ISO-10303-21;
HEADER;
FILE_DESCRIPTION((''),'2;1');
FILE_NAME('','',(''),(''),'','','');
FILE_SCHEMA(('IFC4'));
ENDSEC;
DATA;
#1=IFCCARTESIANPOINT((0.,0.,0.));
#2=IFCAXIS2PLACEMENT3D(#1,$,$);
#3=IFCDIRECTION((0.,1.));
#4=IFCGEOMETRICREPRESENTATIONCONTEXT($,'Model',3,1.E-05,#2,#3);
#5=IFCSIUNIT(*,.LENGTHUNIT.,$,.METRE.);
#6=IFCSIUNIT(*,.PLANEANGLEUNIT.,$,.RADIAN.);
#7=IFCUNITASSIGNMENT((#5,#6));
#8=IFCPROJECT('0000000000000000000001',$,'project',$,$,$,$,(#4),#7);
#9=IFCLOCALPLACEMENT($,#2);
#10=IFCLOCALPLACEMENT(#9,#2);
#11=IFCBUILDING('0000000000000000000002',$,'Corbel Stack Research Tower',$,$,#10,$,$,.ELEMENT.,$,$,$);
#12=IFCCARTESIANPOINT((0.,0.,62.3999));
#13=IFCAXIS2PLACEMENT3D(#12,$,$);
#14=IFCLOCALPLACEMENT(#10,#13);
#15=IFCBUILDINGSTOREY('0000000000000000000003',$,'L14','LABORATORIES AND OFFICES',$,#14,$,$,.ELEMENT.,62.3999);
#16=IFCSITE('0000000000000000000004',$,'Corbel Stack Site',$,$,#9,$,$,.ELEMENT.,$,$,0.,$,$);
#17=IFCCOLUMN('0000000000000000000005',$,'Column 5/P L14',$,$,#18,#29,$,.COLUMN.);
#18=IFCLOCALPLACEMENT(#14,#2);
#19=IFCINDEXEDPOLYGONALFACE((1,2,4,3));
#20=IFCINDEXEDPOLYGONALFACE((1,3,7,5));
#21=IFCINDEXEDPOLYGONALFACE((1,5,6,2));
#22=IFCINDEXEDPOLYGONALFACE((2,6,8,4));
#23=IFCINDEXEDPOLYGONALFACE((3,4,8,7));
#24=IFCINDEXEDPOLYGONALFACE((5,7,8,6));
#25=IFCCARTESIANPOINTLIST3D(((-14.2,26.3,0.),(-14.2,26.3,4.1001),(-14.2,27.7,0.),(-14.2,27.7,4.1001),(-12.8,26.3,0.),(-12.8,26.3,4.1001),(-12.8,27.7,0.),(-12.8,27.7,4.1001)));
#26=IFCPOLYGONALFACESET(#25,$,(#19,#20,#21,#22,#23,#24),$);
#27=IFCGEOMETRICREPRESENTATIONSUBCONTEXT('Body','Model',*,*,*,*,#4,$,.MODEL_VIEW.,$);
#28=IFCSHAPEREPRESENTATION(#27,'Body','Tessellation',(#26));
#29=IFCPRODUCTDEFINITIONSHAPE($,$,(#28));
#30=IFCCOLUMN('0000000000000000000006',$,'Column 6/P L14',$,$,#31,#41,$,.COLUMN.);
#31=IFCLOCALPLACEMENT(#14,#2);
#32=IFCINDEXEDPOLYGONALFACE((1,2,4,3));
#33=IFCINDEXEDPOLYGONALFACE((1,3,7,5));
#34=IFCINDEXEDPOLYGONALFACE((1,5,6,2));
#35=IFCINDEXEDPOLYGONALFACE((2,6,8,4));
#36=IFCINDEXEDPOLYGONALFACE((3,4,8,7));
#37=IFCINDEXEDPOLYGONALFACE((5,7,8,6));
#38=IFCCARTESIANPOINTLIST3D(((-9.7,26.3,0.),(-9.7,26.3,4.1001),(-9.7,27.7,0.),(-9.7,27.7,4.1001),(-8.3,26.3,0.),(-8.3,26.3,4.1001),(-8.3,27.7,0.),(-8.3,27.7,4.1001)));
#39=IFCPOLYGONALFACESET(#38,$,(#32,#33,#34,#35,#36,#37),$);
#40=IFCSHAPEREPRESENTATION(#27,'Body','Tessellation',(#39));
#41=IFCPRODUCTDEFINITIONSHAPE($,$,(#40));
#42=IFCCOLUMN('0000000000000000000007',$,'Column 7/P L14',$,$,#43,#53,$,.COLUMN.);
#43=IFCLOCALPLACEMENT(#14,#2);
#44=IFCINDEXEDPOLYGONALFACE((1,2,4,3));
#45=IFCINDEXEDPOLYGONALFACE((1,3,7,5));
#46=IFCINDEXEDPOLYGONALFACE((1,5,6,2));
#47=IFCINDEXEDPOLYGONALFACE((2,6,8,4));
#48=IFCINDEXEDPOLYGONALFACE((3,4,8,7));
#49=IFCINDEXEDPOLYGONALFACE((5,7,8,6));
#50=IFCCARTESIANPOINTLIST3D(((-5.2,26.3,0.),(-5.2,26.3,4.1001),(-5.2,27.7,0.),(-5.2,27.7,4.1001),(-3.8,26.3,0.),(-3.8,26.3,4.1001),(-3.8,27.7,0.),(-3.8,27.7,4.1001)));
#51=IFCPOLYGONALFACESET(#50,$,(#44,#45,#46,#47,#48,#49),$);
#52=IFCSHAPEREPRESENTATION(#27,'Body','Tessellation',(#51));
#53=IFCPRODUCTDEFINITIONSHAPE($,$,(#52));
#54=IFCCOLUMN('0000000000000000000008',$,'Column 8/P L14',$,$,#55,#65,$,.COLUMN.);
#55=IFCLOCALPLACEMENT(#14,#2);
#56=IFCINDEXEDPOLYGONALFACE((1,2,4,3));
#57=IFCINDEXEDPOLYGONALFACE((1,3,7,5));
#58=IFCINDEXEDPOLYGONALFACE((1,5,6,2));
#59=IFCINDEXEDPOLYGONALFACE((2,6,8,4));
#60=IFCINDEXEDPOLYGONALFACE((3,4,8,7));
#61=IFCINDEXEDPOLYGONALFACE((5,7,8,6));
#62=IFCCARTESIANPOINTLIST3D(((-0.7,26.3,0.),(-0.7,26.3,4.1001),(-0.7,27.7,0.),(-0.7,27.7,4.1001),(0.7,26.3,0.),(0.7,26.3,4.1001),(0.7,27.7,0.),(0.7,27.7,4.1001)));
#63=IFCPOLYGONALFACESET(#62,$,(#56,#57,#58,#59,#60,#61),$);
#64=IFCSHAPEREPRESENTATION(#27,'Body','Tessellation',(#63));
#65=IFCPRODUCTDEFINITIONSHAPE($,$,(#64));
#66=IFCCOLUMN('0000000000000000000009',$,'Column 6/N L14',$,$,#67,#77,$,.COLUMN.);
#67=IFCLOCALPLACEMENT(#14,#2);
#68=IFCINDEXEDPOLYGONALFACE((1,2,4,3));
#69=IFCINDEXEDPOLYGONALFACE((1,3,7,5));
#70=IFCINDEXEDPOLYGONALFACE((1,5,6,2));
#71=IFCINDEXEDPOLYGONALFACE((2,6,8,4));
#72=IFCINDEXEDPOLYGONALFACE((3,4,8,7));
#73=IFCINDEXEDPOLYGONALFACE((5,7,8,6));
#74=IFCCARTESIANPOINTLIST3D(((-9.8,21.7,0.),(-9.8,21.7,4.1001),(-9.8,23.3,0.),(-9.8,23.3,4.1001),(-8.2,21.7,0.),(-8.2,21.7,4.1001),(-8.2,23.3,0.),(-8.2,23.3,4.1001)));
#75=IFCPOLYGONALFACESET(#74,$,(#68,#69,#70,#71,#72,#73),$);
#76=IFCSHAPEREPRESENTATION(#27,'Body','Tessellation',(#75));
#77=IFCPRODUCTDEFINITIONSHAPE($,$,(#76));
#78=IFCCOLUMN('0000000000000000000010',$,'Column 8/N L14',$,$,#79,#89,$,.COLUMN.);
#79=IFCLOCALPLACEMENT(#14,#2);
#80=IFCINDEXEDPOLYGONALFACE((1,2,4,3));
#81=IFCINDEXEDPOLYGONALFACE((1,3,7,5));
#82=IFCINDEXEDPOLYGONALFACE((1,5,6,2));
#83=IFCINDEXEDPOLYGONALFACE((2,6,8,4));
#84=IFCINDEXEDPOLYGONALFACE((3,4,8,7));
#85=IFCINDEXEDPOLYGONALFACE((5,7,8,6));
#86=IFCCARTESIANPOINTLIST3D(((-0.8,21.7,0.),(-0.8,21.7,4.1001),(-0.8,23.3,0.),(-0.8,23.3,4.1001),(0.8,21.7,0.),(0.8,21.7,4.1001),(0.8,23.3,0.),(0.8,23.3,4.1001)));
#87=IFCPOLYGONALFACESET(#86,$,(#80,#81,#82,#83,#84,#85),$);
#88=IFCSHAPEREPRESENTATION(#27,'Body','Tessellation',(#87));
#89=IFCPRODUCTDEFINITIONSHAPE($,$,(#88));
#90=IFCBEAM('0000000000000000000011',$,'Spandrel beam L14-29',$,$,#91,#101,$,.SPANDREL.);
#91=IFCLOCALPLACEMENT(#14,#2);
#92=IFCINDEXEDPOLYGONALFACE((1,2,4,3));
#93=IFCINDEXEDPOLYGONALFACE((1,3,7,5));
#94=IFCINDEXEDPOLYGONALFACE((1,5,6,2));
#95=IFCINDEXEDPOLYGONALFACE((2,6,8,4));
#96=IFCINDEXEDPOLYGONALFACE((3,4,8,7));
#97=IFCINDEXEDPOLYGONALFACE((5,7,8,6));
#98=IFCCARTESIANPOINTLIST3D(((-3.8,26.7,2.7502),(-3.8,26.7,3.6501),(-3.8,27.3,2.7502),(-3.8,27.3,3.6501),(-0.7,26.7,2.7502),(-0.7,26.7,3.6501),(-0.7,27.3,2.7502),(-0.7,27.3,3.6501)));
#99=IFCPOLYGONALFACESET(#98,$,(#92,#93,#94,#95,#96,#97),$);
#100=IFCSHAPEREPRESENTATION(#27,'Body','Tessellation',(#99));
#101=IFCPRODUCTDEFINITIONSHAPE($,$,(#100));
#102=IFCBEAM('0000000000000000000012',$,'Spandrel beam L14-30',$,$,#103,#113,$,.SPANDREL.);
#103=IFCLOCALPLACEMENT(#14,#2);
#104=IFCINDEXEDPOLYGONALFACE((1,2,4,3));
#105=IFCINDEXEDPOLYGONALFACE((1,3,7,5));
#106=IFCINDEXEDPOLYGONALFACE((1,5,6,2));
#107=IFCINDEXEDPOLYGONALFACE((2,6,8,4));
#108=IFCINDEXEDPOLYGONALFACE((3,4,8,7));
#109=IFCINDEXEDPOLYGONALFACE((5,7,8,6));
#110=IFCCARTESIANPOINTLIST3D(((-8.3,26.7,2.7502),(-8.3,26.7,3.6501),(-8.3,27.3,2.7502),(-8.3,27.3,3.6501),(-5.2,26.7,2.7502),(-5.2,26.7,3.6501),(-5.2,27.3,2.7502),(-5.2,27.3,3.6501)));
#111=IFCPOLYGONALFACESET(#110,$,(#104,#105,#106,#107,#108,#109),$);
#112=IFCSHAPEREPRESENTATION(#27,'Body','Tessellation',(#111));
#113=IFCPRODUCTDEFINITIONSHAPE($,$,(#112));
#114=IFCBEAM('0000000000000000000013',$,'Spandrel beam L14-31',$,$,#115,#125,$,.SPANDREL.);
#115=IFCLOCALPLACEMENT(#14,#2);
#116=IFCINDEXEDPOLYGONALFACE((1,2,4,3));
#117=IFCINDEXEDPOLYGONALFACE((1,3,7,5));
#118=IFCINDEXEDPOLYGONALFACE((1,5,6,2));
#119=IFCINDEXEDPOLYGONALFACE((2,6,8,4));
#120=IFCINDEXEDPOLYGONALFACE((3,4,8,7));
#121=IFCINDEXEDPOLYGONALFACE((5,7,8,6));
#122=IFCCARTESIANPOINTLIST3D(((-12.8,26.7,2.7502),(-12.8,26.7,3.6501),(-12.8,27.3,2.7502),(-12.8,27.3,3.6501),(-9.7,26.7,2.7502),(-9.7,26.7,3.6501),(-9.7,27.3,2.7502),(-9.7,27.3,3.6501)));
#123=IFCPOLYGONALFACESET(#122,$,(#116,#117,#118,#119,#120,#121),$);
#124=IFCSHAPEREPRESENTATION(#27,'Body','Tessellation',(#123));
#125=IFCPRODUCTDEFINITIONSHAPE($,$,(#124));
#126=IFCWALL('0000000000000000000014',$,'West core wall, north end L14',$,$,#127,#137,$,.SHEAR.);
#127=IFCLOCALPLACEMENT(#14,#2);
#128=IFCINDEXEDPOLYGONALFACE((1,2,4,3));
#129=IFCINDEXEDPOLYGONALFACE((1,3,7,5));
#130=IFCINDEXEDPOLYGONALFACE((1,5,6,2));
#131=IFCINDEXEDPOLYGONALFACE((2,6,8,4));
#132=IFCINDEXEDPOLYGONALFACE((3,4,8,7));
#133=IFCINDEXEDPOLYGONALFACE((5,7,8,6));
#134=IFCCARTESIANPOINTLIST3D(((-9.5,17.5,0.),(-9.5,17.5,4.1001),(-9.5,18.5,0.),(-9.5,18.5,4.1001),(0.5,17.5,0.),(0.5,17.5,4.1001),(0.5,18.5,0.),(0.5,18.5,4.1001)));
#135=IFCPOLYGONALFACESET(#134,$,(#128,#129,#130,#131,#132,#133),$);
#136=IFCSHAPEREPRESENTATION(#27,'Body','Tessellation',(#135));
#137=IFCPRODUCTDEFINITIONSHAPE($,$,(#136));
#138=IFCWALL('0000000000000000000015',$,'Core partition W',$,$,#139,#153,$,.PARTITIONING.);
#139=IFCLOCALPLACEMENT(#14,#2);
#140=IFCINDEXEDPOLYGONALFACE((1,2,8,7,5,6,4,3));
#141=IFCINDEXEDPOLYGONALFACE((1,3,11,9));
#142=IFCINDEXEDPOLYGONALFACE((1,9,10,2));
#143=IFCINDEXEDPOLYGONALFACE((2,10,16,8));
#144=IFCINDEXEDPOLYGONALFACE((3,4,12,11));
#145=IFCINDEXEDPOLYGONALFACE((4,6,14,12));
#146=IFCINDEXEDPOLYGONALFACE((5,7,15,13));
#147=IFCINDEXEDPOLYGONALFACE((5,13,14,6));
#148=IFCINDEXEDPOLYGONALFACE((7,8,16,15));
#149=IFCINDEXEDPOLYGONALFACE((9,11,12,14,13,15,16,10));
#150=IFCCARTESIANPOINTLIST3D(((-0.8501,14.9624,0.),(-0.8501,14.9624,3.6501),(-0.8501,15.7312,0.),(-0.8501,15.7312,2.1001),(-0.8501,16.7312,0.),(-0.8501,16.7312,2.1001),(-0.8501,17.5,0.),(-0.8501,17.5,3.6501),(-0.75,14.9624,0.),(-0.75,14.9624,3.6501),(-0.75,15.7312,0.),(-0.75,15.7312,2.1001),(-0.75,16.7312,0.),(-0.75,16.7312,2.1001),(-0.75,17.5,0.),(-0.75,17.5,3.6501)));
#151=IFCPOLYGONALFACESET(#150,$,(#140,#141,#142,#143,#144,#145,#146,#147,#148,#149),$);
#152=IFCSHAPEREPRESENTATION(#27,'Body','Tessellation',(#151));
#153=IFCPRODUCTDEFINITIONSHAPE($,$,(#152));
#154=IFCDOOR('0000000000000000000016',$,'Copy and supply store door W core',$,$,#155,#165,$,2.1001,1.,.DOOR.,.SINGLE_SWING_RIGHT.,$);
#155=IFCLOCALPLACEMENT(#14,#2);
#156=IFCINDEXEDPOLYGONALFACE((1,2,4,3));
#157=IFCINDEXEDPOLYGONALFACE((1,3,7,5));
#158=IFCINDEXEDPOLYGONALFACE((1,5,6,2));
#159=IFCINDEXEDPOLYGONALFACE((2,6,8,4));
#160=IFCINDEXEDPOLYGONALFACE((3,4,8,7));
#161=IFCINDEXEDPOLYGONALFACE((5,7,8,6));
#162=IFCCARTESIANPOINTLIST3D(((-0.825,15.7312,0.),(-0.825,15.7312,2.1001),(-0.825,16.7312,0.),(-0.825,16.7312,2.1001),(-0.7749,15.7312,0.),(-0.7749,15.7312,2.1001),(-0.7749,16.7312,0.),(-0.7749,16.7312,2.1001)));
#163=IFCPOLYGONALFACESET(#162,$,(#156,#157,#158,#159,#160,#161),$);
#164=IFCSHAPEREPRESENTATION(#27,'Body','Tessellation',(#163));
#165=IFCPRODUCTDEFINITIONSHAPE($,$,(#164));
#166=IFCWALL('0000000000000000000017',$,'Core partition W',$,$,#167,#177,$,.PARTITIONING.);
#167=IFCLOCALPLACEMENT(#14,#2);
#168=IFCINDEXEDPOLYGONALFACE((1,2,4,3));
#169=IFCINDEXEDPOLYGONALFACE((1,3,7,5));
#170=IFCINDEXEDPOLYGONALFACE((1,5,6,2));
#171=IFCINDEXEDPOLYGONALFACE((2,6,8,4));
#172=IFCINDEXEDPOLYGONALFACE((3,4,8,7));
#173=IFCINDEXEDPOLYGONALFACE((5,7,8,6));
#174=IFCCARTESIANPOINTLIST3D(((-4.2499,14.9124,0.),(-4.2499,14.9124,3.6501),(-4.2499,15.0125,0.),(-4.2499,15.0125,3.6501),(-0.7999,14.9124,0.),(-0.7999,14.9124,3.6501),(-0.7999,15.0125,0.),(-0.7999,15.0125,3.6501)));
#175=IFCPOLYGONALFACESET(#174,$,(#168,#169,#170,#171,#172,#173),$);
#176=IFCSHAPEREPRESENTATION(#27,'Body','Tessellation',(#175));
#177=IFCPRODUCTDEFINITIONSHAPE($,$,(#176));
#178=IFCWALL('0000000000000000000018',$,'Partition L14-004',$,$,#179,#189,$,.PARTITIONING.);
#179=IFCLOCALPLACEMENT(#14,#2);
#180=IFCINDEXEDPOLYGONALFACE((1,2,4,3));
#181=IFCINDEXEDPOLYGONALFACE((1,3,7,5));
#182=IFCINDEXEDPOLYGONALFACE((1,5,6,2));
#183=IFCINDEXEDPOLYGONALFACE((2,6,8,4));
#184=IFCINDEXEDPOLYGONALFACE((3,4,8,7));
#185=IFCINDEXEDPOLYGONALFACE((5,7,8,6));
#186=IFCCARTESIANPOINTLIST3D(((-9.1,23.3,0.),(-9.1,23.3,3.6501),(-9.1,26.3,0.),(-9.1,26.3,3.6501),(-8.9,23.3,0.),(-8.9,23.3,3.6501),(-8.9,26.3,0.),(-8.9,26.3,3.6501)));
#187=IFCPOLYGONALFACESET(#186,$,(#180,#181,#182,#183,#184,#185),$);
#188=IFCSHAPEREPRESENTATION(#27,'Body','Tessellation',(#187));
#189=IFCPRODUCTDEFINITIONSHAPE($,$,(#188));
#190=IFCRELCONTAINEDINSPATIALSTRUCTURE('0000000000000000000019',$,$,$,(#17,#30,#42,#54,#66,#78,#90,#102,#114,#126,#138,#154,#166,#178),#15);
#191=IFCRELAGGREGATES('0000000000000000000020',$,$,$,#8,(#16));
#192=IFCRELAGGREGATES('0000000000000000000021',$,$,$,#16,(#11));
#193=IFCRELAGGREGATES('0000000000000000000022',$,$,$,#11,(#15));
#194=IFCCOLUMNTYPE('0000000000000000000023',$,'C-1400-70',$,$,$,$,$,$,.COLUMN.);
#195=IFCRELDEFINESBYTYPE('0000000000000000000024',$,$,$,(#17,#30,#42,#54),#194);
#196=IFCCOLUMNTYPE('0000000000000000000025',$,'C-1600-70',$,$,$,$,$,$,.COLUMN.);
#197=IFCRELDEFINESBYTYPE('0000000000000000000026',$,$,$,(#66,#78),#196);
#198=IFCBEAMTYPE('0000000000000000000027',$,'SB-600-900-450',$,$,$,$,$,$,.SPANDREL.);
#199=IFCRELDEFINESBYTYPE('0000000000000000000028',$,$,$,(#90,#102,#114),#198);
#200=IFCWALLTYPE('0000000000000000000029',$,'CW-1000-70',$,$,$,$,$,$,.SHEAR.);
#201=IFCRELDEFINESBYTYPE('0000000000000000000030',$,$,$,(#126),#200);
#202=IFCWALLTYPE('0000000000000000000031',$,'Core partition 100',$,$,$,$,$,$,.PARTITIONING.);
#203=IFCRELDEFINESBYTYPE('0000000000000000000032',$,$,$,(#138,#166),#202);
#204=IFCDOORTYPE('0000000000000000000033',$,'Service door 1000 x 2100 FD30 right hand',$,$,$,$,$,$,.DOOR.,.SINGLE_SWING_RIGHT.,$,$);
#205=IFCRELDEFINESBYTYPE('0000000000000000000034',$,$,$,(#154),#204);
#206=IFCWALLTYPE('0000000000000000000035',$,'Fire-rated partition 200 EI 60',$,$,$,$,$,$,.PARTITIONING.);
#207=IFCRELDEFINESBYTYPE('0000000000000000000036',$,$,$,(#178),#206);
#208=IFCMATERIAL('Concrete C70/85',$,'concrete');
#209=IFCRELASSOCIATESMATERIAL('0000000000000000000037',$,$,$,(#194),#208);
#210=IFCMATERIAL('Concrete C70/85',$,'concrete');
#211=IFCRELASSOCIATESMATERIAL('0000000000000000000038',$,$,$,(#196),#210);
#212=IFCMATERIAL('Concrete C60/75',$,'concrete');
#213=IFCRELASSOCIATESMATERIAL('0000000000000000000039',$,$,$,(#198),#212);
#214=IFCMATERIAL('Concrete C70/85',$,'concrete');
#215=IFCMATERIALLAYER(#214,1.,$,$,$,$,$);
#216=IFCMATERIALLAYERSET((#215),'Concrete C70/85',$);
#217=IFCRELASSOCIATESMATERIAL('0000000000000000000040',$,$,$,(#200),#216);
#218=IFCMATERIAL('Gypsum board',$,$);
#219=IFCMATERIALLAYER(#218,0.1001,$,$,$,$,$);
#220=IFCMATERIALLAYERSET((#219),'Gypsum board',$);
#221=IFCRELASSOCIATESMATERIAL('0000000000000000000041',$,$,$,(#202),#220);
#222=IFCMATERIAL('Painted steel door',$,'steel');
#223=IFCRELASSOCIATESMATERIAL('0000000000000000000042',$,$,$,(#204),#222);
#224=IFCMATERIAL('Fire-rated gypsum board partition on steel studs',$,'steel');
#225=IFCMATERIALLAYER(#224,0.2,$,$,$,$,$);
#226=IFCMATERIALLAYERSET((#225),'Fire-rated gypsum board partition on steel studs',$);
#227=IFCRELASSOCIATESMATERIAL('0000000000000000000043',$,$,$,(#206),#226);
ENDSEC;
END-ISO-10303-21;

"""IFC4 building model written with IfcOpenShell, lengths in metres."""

from ifc_helpers import new_model, si_unit, direction, frame, frame_2d, origin, origin_2d, place, context, subcontext, project, spatial, rectangle, extrude, material, layer, layer_set, material_profile, profile_set, type_object, element, fill, save


model = new_model("IFC4")

# Units and contexts
model_context = context("Model", 3, precision=1e-05, world=origin(), true_north=direction((0.0, 1.0)))
body_context = subcontext(model_context, "Body", "Model", "MODEL_VIEW")
ifc_project = project(units=[si_unit("LENGTHUNIT", "METRE"), si_unit("PLANEANGLEUNIT", "RADIAN")], contexts=[model_context])

# Site, building, storey
site_placement = place(None, origin())
site = spatial("IfcSite", under=ifc_project, at=site_placement, Name="Corbel Stack Site", CompositionType="ELEMENT", RefElevation=0.0)
building_placement = place(site_placement, origin())
building = spatial("IfcBuilding", under=site, at=building_placement, Name="Corbel Stack Research Tower", CompositionType="ELEMENT")
storey_placement = place(building_placement, frame((0.0, 0.0, 62.3999)))
storey = spatial("IfcBuildingStorey", under=building, at=storey_placement, Name="L14", Description="LABORATORIES AND OFFICES", CompositionType="ELEMENT", Elevation=62.3999)

# Columns
ifc_material_1 = material(Name="Concrete C70/85", Category="concrete")
ifc_material_profile_1 = material_profile(ifc_material_1, rectangle(XDim=1.3999, YDim=1.3999, at=origin_2d()), Name="RC 1400 x 1400")
ifc_profile_set_1 = profile_set([ifc_material_profile_1], Name="Concrete C70/85")
column_type_1 = type_object("IfcColumnType", Name="C-1400-70", PredefinedType="COLUMN", material=ifc_profile_set_1)
for number, where, z_axis, x_axis, name in (
    (1, (-13.5, 27.0, 0.0), (0.0, 0.0, 1.0), (1.0, 0.0, 0.0), "Column 5/P L14"),
    (2, (-9.0, 27.0, 0.0), (0.0, 0.0, 1.0), (1.0, 0.0, 0.0), "Column 6/P L14"),
    (3, (-4.5, 27.0, 0.0), (0.0, 0.0, 1.0), (1.0, 0.0, 0.0), "Column 7/P L14"),
    (4, (0.0, 27.0, 0.0), (0.0, 0.0, 1.0), (1.0, 0.0, 0.0), "Column 8/P L14"),
):
    element("IfcColumn", number, at=place(storey_placement, frame(where, z_axis=z_axis, x_axis=x_axis)), inside=storey, type_object=column_type_1, Name=name, PredefinedType="COLUMN", context=body_context, shape_type="SweptSolid", body=[
        extrude(rectangle(XDim=1.3999, YDim=1.3999, at=origin_2d()), origin(), (0.0, 0.0, 1.0), 4.1001),
    ])
ifc_material_2 = material(Name="Concrete C70/85", Category="concrete")
ifc_material_profile_2 = material_profile(ifc_material_2, rectangle(XDim=1.6001, YDim=1.6001, at=origin_2d()), Name="RC 1600 x 1600")
ifc_profile_set_2 = profile_set([ifc_material_profile_2], Name="Concrete C70/85")
column_type_2 = type_object("IfcColumnType", Name="C-1600-70", PredefinedType="COLUMN", material=ifc_profile_set_2)
for number, where, z_axis, x_axis, name in (
    (5, (-9.0, 22.5, 0.0), (0.0, 0.0, 1.0), (1.0, 0.0, 0.0), "Column 6/N L14"),
    (6, (0.0, 22.5, 0.0), (0.0, 0.0, 1.0), (1.0, 0.0, 0.0), "Column 8/N L14"),
):
    element("IfcColumn", number, at=place(storey_placement, frame(where, z_axis=z_axis, x_axis=x_axis)), inside=storey, type_object=column_type_2, Name=name, PredefinedType="COLUMN", context=body_context, shape_type="SweptSolid", body=[
        extrude(rectangle(XDim=1.6001, YDim=1.6001, at=origin_2d()), origin(), (0.0, 0.0, 1.0), 4.1001),
    ])

# Beams
ifc_material_3 = material(Name="Concrete C60/75", Category="concrete")
ifc_material_profile_3 = material_profile(ifc_material_3, rectangle(XDim=0.6001, YDim=0.8999, at=origin_2d()), Name="RC 600 x 900")
ifc_profile_set_3 = profile_set([ifc_material_profile_3], Name="Concrete C60/75")
beam_type = type_object("IfcBeamType", Name="SB-600-900-450", PredefinedType="SPANDREL", material=ifc_profile_set_3)
for number, where, z_axis, x_axis, name in (
    (7, (-0.7, 27.0, 3.2002), (-1.0, 0.0, 0.0), (0.0, -1.0, 0.0), "Spandrel beam L14-29"),
    (8, (-5.2, 27.0, 3.2002), (-1.0, 0.0, 0.0), (0.0, -1.0, 0.0), "Spandrel beam L14-30"),
    (9, (-9.7, 27.0, 3.2002), (-1.0, 0.0, 0.0), (0.0, -1.0, 0.0), "Spandrel beam L14-31"),
):
    element("IfcBeam", number, at=place(storey_placement, frame(where, z_axis=z_axis, x_axis=x_axis)), inside=storey, type_object=beam_type, Name=name, PredefinedType="SPANDREL", context=body_context, shape_type="SweptSolid", body=[
        extrude(rectangle(XDim=0.6001, YDim=0.8999, at=origin_2d()), origin(), (0.0, 0.0, 1.0), 3.1001),
    ])

# Wall
ifc_material_4 = material(Name="Concrete C70/85", Category="concrete")
ifc_layer_1 = layer(ifc_material_4, 1.0)
ifc_layer_set_1 = layer_set([ifc_layer_1], Name="Concrete C70/85")
wall_type_1 = type_object("IfcWallType", Name="CW-1000-70", PredefinedType="SHEAR", material=ifc_layer_set_1)
wall_1_placement = place(storey_placement, frame((-9.5, 18.0, 0.0), z_axis=(0.0, 0.0, 1.0), x_axis=(1.0, 0.0, 0.0)))
element("IfcWall", 10, at=wall_1_placement, inside=storey, type_object=wall_type_1, Name="West core wall, north end L14", PredefinedType="SHEAR", context=body_context, shape_type="SweptSolid", body=[
    extrude(rectangle(XDim=10.0, YDim=1.0, at=frame_2d((5.0, 0.0))), origin(), (0.0, 0.0, 1.0), 4.1001),
])

# Wall, opening, door
ifc_material_5 = material(Name="Gypsum board")
ifc_layer_2 = layer(ifc_material_5, 0.1001)
ifc_layer_set_2 = layer_set([ifc_layer_2], Name="Gypsum board")
wall_type_2 = type_object("IfcWallType", Name="Core partition 100", PredefinedType="PARTITIONING", material=ifc_layer_set_2)
wall_2_placement = place(storey_placement, frame((-0.8, 14.9624, 0.0), z_axis=(0.0, 0.0, 1.0), x_axis=(0.0, 1.0, 0.0)))
wall_2 = element("IfcWall", 11, at=wall_2_placement, inside=storey, type_object=wall_type_2, Name="Core partition W", PredefinedType="PARTITIONING", context=body_context, shape_type="SweptSolid", body=[
    extrude(rectangle(XDim=2.5376, YDim=0.1001, at=frame_2d((1.2688, 0.0))), origin(), (0.0, 0.0, 1.0), 3.6501),
])
opening_1_placement = place(wall_2_placement, frame((0.7688, 0.0, 0.0)))
opening_1 = element("IfcOpeningElement", 12, at=opening_1_placement, cuts=wall_2, PredefinedType="OPENING", context=body_context, shape_type="SweptSolid", body=[
    extrude(rectangle(XDim=1.0, YDim=2.1001, at=frame_2d((0.5, 1.05))), frame((0.0, 0.0601, 0.0), z_axis=(0.0, -1.0, 0.0), x_axis=(1.0, 0.0, 0.0)), (0.0, 0.0, 1.0), 0.1201),
])
ifc_material_6 = material(Name="Painted steel door", Category="steel")
door_type_1 = type_object("IfcDoorType", Name="Service door 1000 x 2100 FD30 right hand", OperationType="SINGLE_SWING_RIGHT", PredefinedType="DOOR", material=ifc_material_6)
door_1_placement = place(opening_1_placement, origin())
door_1 = element("IfcDoor", 13, at=door_1_placement, inside=storey, type_object=door_type_1, Name="Copy and supply store door W core", OperationType="SINGLE_SWING_RIGHT", OverallHeight=2.1001, OverallWidth=1.0, PredefinedType="DOOR", context=body_context, shape_type="SweptSolid", body=[
    extrude(rectangle(XDim=1.0, YDim=2.1001, at=frame_2d((0.5, 1.05))), frame((0.0, 0.0249, 0.0), z_axis=(0.0, -1.0, 0.0), x_axis=(1.0, 0.0, 0.0)), (0.0, 0.0, 1.0), 0.05),
])
fill(opening_1, door_1)

# Walls
wall_3_placement = place(storey_placement, frame((-4.25, 14.9624, 0.0), z_axis=(0.0, 0.0, 1.0), x_axis=(1.0, 0.0, 0.0)))
element("IfcWall", 14, at=wall_3_placement, inside=storey, type_object=wall_type_2, Name="Core partition W", PredefinedType="PARTITIONING", context=body_context, shape_type="SweptSolid", body=[
    extrude(rectangle(XDim=3.45, YDim=0.1001, at=frame_2d((1.7251, 0.0))), origin(), (0.0, 0.0, 1.0), 3.6501),
])
ifc_material_7 = material(Name="Fire-rated gypsum board partition on steel studs", Category="steel")
ifc_layer_3 = layer(ifc_material_7, 0.2)
ifc_layer_set_3 = layer_set([ifc_layer_3], Name="Fire-rated gypsum board partition on steel studs")
wall_type_3 = type_object("IfcWallType", Name="Fire-rated partition 200 EI 60", PredefinedType="PARTITIONING", material=ifc_layer_set_3)
for number, where, z_axis, x_axis, name in (
    (15, (-9.0, 23.3, 0.0), (0.0, 0.0, 1.0), (0.0, 1.0, 0.0), "Partition L14-004"),
):
    element("IfcWall", number, at=place(storey_placement, frame(where, z_axis=z_axis, x_axis=x_axis)), inside=storey, type_object=wall_type_3, Name=name, PredefinedType="PARTITIONING", context=body_context, shape_type="SweptSolid", body=[
        extrude(rectangle(XDim=3.0, YDim=0.2, at=frame_2d((1.5, 0.0))), origin(), (0.0, 0.0, 1.0), 3.6501),
    ])

save(model, "model.ifc")
